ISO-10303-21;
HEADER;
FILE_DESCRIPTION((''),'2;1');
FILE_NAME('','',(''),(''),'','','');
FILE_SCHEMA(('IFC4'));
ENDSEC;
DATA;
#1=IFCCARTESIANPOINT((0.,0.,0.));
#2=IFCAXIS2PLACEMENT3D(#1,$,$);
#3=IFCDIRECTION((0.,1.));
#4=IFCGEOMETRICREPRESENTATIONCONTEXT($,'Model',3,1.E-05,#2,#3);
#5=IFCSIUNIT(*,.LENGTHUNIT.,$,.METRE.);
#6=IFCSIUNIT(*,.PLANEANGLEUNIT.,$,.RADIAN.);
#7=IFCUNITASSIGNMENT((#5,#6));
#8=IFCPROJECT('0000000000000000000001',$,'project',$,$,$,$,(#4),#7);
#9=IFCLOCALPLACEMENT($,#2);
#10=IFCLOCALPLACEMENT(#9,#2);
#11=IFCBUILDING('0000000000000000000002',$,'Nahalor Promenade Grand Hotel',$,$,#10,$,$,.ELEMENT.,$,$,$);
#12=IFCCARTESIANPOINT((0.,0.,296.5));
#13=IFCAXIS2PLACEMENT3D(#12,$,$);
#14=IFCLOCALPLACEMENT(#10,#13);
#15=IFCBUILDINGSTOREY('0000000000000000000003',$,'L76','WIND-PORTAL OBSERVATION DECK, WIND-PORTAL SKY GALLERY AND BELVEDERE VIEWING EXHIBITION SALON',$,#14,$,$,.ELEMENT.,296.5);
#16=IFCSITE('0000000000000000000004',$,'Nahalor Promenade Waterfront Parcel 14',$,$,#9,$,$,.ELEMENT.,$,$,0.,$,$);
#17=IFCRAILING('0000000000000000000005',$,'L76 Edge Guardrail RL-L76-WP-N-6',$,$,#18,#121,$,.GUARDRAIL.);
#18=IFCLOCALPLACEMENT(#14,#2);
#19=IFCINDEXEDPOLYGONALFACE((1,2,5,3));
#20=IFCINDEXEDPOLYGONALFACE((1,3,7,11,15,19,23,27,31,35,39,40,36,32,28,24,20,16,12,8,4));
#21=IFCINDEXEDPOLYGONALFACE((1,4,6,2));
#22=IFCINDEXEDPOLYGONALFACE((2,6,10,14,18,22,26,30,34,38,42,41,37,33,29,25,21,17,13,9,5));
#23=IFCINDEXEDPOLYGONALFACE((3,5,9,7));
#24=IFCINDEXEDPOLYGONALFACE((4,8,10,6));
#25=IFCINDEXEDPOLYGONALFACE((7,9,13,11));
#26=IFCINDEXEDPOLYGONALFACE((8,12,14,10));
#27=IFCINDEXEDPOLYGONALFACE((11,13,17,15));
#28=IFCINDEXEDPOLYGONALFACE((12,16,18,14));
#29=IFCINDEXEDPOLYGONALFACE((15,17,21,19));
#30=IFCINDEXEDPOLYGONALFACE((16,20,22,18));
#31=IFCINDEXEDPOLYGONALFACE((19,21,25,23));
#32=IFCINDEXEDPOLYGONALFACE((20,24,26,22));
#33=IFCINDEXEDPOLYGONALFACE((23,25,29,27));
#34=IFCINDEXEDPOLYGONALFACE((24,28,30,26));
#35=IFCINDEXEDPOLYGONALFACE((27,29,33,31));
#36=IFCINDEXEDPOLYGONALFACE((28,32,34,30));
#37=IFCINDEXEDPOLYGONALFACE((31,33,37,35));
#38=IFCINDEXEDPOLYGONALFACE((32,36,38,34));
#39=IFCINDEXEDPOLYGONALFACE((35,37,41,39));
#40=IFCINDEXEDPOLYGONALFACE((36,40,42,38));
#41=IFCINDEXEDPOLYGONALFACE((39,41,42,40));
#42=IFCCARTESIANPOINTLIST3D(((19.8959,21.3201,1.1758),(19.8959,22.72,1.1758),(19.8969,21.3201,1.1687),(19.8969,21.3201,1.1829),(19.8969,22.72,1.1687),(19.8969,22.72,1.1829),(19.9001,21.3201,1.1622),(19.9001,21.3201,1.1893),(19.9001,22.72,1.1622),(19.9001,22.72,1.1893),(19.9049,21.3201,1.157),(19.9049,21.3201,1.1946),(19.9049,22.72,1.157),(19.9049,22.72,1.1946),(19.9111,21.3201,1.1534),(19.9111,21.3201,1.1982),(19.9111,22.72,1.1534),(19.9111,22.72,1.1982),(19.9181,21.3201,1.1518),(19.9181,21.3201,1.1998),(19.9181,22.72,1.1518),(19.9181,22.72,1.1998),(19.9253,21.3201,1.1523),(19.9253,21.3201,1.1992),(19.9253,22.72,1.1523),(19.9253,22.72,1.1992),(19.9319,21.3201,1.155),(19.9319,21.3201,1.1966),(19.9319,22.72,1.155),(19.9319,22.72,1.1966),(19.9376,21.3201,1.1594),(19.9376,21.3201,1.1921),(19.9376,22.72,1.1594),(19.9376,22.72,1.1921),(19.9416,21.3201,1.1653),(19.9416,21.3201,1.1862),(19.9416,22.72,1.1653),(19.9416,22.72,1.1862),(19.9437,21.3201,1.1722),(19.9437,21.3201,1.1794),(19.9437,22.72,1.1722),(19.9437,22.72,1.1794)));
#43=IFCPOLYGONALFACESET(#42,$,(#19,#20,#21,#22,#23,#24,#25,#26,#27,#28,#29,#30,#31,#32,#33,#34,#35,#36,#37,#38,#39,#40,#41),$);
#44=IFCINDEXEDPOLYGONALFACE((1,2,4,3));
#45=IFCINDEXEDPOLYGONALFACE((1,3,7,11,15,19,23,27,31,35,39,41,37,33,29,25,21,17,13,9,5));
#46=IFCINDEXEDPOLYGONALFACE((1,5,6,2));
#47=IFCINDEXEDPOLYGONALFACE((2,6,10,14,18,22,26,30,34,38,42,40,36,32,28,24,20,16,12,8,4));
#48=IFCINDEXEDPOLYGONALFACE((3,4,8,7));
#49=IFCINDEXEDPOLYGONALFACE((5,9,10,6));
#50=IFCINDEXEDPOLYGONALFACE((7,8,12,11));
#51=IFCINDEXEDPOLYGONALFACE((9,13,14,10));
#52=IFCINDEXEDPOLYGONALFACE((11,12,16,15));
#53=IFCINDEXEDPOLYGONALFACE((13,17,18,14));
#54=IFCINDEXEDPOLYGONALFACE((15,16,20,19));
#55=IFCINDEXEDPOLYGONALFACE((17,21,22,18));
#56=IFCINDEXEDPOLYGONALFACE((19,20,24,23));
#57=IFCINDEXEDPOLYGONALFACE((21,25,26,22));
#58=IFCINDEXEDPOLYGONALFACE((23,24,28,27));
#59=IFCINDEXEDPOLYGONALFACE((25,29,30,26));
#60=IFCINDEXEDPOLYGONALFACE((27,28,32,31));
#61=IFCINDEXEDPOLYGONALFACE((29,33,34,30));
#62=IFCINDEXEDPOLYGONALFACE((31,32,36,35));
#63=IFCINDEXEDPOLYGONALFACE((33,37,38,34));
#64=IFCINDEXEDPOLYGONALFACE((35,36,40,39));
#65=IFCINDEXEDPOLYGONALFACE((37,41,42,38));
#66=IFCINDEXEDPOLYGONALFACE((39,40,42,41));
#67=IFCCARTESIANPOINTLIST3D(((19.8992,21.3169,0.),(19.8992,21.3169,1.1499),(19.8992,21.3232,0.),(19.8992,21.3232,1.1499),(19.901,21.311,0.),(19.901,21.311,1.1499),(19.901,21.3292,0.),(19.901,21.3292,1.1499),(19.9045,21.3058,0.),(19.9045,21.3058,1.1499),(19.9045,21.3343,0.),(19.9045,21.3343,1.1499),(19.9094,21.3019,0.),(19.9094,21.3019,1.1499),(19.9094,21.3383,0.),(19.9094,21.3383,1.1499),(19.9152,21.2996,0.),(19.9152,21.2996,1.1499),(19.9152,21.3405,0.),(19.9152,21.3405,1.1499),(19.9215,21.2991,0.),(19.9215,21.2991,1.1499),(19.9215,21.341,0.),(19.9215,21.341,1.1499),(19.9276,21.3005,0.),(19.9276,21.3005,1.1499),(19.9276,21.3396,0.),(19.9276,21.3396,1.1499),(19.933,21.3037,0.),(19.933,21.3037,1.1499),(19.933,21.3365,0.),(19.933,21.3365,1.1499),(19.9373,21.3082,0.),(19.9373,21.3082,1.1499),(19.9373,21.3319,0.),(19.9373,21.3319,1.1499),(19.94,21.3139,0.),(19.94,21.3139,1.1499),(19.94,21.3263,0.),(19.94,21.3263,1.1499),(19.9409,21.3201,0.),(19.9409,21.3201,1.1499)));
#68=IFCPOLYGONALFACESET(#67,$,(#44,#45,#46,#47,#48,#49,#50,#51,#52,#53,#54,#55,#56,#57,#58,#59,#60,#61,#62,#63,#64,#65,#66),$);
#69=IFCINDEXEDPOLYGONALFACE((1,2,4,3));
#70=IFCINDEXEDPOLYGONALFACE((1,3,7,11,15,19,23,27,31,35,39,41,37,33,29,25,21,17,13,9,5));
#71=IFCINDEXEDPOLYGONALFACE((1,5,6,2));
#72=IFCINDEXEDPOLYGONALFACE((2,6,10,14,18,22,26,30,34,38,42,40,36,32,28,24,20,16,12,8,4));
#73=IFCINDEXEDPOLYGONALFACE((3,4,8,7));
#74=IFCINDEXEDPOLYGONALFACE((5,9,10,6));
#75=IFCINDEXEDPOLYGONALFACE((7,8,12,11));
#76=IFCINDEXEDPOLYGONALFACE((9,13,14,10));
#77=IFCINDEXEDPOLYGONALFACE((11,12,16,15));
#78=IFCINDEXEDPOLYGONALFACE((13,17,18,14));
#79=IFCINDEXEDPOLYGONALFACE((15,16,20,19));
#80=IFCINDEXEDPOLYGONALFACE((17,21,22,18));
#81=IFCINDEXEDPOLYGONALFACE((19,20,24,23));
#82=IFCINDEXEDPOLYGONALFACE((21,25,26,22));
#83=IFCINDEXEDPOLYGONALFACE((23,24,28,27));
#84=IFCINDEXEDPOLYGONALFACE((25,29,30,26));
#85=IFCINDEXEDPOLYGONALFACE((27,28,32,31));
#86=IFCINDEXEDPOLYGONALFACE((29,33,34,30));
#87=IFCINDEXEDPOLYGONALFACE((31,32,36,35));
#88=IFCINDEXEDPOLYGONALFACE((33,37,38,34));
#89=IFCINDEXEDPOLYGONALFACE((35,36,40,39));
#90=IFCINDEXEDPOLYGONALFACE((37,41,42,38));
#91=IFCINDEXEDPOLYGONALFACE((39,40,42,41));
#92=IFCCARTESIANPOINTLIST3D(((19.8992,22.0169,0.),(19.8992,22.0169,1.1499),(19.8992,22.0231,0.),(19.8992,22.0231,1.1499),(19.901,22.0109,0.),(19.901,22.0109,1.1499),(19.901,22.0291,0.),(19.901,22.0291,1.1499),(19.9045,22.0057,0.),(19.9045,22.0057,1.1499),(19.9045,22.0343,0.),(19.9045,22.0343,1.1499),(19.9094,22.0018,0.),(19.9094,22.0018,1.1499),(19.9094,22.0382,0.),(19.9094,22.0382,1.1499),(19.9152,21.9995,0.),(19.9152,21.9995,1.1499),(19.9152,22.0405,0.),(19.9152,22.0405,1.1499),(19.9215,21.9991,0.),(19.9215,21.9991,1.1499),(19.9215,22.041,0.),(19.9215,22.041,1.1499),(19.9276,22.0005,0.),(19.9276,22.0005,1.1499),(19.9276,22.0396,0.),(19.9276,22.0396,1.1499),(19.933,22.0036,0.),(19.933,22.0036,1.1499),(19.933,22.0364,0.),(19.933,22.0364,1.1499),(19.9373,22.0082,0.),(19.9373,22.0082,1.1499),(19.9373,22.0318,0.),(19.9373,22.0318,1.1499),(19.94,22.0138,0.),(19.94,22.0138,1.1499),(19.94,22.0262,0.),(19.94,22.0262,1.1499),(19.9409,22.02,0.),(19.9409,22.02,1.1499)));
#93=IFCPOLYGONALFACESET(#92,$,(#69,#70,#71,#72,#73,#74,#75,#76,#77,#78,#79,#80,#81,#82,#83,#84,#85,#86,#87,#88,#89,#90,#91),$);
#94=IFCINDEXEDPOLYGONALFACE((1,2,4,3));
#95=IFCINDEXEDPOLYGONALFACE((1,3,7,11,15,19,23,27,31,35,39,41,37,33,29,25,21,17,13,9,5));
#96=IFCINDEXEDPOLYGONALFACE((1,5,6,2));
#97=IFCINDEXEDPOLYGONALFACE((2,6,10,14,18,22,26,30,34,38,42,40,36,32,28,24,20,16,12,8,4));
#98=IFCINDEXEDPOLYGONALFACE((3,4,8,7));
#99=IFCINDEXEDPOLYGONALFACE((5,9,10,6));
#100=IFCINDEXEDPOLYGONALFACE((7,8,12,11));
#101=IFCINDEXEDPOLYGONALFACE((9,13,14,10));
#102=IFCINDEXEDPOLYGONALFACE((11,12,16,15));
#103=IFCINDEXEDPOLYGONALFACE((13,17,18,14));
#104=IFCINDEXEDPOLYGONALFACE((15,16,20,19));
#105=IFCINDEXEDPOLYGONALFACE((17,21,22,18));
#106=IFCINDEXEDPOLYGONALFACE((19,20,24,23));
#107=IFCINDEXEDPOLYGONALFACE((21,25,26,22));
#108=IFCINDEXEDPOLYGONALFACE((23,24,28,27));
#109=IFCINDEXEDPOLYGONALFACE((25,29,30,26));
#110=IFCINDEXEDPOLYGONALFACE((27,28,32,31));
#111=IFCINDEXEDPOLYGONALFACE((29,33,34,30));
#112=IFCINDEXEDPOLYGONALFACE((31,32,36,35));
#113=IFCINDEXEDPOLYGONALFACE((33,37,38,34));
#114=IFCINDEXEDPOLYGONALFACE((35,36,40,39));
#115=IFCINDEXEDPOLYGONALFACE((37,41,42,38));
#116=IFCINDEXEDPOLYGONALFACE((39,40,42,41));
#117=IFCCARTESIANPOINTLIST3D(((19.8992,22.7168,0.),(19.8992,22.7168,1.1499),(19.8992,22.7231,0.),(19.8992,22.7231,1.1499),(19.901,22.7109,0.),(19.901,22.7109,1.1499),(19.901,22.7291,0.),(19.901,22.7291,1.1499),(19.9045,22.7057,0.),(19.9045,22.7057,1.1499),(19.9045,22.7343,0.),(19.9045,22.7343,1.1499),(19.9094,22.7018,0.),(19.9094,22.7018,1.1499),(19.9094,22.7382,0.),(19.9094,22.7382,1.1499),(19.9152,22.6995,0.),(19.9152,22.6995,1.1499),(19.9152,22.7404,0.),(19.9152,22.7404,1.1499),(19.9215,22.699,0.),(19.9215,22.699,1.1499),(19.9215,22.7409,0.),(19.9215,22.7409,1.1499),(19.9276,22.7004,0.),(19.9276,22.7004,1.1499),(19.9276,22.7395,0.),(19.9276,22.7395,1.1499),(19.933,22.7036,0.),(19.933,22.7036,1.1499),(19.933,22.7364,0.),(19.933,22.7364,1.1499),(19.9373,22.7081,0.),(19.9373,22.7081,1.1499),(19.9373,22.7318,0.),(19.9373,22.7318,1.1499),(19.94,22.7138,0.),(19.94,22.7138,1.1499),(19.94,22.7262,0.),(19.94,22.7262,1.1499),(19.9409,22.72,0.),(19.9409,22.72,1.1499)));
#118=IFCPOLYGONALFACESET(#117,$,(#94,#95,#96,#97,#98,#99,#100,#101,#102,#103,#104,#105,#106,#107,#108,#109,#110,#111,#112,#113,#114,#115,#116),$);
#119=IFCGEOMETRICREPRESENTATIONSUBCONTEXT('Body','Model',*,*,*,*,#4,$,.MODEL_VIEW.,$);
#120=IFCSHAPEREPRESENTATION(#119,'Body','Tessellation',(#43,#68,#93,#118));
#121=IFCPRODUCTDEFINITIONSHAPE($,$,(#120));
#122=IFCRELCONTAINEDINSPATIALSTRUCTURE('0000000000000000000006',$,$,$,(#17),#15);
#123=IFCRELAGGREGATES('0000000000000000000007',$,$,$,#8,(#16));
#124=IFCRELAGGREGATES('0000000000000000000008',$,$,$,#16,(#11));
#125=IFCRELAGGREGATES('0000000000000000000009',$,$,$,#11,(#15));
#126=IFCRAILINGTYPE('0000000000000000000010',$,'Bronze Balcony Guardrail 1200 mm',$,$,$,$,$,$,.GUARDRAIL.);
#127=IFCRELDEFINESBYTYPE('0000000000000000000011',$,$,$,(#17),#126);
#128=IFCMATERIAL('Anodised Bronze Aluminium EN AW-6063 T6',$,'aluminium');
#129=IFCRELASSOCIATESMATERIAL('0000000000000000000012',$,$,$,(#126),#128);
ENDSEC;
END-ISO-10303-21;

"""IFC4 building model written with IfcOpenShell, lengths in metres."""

from ifc_helpers import new_model, si_unit, direction, frame, origin, origin_2d, place, context, subcontext, project, spatial, circle, extrude, material, type_object, element, save


model = new_model("IFC4")

# Units and contexts
model_context = context("Model", 3, precision=1e-05, world=origin(), true_north=direction((0.0, 1.0)))
body_context = subcontext(model_context, "Body", "Model", "MODEL_VIEW")
ifc_project = project(units=[si_unit("LENGTHUNIT", "METRE"), si_unit("PLANEANGLEUNIT", "RADIAN")], contexts=[model_context])

# Site, building, storey
site_placement = place(None, origin())
site = spatial("IfcSite", under=ifc_project, at=site_placement, Name="Nahalor Promenade Waterfront Parcel 14", CompositionType="ELEMENT", RefElevation=0.0)
building_placement = place(site_placement, origin())
building = spatial("IfcBuilding", under=site, at=building_placement, Name="Nahalor Promenade Grand Hotel", CompositionType="ELEMENT")
storey_placement = place(building_placement, frame((0.0, 0.0, 296.5)))
storey = spatial("IfcBuildingStorey", under=building, at=storey_placement, Name="L76", Description="WIND-PORTAL OBSERVATION DECK, WIND-PORTAL SKY GALLERY AND BELVEDERE VIEWING EXHIBITION SALON", CompositionType="ELEMENT", Elevation=296.5)

# Railing
ifc_material_1 = material(Name="Anodised Bronze Aluminium EN AW-6063 T6", Category="aluminium")
railing_type = type_object("IfcRailingType", Name="Bronze Balcony Guardrail 1200 mm", PredefinedType="GUARDRAIL", material=ifc_material_1)
railing_1_placement = place(storey_placement, frame((19.9199, 21.3201, 0.0)))
element("IfcRailing", 1, at=railing_1_placement, inside=storey, type_object=railing_type, Name="L76 Edge Guardrail RL-L76-WP-N-6", PredefinedType="GUARDRAIL", context=body_context, shape_type="SweptSolid", body=[
    extrude(circle(Radius=0.024, at=origin_2d()), frame((0.0, 0.0, 1.1758), z_axis=(0.0, 1.0, 0.0), x_axis=(-1.0, 0.0, 0.0)), (0.0, 0.0, 1.0), 1.3999),
    extrude(circle(Radius=0.021, at=origin_2d()), origin(), (0.0, 0.0, 1.0), 1.1499),
    extrude(circle(Radius=0.021, at=origin_2d()), frame((0.0, 0.7, 0.0)), (0.0, 0.0, 1.0), 1.1499),
    extrude(circle(Radius=0.021, at=origin_2d()), frame((0.0, 1.3999, 0.0)), (0.0, 0.0, 1.0), 1.1499),
])

save(model, "model.ifc")
